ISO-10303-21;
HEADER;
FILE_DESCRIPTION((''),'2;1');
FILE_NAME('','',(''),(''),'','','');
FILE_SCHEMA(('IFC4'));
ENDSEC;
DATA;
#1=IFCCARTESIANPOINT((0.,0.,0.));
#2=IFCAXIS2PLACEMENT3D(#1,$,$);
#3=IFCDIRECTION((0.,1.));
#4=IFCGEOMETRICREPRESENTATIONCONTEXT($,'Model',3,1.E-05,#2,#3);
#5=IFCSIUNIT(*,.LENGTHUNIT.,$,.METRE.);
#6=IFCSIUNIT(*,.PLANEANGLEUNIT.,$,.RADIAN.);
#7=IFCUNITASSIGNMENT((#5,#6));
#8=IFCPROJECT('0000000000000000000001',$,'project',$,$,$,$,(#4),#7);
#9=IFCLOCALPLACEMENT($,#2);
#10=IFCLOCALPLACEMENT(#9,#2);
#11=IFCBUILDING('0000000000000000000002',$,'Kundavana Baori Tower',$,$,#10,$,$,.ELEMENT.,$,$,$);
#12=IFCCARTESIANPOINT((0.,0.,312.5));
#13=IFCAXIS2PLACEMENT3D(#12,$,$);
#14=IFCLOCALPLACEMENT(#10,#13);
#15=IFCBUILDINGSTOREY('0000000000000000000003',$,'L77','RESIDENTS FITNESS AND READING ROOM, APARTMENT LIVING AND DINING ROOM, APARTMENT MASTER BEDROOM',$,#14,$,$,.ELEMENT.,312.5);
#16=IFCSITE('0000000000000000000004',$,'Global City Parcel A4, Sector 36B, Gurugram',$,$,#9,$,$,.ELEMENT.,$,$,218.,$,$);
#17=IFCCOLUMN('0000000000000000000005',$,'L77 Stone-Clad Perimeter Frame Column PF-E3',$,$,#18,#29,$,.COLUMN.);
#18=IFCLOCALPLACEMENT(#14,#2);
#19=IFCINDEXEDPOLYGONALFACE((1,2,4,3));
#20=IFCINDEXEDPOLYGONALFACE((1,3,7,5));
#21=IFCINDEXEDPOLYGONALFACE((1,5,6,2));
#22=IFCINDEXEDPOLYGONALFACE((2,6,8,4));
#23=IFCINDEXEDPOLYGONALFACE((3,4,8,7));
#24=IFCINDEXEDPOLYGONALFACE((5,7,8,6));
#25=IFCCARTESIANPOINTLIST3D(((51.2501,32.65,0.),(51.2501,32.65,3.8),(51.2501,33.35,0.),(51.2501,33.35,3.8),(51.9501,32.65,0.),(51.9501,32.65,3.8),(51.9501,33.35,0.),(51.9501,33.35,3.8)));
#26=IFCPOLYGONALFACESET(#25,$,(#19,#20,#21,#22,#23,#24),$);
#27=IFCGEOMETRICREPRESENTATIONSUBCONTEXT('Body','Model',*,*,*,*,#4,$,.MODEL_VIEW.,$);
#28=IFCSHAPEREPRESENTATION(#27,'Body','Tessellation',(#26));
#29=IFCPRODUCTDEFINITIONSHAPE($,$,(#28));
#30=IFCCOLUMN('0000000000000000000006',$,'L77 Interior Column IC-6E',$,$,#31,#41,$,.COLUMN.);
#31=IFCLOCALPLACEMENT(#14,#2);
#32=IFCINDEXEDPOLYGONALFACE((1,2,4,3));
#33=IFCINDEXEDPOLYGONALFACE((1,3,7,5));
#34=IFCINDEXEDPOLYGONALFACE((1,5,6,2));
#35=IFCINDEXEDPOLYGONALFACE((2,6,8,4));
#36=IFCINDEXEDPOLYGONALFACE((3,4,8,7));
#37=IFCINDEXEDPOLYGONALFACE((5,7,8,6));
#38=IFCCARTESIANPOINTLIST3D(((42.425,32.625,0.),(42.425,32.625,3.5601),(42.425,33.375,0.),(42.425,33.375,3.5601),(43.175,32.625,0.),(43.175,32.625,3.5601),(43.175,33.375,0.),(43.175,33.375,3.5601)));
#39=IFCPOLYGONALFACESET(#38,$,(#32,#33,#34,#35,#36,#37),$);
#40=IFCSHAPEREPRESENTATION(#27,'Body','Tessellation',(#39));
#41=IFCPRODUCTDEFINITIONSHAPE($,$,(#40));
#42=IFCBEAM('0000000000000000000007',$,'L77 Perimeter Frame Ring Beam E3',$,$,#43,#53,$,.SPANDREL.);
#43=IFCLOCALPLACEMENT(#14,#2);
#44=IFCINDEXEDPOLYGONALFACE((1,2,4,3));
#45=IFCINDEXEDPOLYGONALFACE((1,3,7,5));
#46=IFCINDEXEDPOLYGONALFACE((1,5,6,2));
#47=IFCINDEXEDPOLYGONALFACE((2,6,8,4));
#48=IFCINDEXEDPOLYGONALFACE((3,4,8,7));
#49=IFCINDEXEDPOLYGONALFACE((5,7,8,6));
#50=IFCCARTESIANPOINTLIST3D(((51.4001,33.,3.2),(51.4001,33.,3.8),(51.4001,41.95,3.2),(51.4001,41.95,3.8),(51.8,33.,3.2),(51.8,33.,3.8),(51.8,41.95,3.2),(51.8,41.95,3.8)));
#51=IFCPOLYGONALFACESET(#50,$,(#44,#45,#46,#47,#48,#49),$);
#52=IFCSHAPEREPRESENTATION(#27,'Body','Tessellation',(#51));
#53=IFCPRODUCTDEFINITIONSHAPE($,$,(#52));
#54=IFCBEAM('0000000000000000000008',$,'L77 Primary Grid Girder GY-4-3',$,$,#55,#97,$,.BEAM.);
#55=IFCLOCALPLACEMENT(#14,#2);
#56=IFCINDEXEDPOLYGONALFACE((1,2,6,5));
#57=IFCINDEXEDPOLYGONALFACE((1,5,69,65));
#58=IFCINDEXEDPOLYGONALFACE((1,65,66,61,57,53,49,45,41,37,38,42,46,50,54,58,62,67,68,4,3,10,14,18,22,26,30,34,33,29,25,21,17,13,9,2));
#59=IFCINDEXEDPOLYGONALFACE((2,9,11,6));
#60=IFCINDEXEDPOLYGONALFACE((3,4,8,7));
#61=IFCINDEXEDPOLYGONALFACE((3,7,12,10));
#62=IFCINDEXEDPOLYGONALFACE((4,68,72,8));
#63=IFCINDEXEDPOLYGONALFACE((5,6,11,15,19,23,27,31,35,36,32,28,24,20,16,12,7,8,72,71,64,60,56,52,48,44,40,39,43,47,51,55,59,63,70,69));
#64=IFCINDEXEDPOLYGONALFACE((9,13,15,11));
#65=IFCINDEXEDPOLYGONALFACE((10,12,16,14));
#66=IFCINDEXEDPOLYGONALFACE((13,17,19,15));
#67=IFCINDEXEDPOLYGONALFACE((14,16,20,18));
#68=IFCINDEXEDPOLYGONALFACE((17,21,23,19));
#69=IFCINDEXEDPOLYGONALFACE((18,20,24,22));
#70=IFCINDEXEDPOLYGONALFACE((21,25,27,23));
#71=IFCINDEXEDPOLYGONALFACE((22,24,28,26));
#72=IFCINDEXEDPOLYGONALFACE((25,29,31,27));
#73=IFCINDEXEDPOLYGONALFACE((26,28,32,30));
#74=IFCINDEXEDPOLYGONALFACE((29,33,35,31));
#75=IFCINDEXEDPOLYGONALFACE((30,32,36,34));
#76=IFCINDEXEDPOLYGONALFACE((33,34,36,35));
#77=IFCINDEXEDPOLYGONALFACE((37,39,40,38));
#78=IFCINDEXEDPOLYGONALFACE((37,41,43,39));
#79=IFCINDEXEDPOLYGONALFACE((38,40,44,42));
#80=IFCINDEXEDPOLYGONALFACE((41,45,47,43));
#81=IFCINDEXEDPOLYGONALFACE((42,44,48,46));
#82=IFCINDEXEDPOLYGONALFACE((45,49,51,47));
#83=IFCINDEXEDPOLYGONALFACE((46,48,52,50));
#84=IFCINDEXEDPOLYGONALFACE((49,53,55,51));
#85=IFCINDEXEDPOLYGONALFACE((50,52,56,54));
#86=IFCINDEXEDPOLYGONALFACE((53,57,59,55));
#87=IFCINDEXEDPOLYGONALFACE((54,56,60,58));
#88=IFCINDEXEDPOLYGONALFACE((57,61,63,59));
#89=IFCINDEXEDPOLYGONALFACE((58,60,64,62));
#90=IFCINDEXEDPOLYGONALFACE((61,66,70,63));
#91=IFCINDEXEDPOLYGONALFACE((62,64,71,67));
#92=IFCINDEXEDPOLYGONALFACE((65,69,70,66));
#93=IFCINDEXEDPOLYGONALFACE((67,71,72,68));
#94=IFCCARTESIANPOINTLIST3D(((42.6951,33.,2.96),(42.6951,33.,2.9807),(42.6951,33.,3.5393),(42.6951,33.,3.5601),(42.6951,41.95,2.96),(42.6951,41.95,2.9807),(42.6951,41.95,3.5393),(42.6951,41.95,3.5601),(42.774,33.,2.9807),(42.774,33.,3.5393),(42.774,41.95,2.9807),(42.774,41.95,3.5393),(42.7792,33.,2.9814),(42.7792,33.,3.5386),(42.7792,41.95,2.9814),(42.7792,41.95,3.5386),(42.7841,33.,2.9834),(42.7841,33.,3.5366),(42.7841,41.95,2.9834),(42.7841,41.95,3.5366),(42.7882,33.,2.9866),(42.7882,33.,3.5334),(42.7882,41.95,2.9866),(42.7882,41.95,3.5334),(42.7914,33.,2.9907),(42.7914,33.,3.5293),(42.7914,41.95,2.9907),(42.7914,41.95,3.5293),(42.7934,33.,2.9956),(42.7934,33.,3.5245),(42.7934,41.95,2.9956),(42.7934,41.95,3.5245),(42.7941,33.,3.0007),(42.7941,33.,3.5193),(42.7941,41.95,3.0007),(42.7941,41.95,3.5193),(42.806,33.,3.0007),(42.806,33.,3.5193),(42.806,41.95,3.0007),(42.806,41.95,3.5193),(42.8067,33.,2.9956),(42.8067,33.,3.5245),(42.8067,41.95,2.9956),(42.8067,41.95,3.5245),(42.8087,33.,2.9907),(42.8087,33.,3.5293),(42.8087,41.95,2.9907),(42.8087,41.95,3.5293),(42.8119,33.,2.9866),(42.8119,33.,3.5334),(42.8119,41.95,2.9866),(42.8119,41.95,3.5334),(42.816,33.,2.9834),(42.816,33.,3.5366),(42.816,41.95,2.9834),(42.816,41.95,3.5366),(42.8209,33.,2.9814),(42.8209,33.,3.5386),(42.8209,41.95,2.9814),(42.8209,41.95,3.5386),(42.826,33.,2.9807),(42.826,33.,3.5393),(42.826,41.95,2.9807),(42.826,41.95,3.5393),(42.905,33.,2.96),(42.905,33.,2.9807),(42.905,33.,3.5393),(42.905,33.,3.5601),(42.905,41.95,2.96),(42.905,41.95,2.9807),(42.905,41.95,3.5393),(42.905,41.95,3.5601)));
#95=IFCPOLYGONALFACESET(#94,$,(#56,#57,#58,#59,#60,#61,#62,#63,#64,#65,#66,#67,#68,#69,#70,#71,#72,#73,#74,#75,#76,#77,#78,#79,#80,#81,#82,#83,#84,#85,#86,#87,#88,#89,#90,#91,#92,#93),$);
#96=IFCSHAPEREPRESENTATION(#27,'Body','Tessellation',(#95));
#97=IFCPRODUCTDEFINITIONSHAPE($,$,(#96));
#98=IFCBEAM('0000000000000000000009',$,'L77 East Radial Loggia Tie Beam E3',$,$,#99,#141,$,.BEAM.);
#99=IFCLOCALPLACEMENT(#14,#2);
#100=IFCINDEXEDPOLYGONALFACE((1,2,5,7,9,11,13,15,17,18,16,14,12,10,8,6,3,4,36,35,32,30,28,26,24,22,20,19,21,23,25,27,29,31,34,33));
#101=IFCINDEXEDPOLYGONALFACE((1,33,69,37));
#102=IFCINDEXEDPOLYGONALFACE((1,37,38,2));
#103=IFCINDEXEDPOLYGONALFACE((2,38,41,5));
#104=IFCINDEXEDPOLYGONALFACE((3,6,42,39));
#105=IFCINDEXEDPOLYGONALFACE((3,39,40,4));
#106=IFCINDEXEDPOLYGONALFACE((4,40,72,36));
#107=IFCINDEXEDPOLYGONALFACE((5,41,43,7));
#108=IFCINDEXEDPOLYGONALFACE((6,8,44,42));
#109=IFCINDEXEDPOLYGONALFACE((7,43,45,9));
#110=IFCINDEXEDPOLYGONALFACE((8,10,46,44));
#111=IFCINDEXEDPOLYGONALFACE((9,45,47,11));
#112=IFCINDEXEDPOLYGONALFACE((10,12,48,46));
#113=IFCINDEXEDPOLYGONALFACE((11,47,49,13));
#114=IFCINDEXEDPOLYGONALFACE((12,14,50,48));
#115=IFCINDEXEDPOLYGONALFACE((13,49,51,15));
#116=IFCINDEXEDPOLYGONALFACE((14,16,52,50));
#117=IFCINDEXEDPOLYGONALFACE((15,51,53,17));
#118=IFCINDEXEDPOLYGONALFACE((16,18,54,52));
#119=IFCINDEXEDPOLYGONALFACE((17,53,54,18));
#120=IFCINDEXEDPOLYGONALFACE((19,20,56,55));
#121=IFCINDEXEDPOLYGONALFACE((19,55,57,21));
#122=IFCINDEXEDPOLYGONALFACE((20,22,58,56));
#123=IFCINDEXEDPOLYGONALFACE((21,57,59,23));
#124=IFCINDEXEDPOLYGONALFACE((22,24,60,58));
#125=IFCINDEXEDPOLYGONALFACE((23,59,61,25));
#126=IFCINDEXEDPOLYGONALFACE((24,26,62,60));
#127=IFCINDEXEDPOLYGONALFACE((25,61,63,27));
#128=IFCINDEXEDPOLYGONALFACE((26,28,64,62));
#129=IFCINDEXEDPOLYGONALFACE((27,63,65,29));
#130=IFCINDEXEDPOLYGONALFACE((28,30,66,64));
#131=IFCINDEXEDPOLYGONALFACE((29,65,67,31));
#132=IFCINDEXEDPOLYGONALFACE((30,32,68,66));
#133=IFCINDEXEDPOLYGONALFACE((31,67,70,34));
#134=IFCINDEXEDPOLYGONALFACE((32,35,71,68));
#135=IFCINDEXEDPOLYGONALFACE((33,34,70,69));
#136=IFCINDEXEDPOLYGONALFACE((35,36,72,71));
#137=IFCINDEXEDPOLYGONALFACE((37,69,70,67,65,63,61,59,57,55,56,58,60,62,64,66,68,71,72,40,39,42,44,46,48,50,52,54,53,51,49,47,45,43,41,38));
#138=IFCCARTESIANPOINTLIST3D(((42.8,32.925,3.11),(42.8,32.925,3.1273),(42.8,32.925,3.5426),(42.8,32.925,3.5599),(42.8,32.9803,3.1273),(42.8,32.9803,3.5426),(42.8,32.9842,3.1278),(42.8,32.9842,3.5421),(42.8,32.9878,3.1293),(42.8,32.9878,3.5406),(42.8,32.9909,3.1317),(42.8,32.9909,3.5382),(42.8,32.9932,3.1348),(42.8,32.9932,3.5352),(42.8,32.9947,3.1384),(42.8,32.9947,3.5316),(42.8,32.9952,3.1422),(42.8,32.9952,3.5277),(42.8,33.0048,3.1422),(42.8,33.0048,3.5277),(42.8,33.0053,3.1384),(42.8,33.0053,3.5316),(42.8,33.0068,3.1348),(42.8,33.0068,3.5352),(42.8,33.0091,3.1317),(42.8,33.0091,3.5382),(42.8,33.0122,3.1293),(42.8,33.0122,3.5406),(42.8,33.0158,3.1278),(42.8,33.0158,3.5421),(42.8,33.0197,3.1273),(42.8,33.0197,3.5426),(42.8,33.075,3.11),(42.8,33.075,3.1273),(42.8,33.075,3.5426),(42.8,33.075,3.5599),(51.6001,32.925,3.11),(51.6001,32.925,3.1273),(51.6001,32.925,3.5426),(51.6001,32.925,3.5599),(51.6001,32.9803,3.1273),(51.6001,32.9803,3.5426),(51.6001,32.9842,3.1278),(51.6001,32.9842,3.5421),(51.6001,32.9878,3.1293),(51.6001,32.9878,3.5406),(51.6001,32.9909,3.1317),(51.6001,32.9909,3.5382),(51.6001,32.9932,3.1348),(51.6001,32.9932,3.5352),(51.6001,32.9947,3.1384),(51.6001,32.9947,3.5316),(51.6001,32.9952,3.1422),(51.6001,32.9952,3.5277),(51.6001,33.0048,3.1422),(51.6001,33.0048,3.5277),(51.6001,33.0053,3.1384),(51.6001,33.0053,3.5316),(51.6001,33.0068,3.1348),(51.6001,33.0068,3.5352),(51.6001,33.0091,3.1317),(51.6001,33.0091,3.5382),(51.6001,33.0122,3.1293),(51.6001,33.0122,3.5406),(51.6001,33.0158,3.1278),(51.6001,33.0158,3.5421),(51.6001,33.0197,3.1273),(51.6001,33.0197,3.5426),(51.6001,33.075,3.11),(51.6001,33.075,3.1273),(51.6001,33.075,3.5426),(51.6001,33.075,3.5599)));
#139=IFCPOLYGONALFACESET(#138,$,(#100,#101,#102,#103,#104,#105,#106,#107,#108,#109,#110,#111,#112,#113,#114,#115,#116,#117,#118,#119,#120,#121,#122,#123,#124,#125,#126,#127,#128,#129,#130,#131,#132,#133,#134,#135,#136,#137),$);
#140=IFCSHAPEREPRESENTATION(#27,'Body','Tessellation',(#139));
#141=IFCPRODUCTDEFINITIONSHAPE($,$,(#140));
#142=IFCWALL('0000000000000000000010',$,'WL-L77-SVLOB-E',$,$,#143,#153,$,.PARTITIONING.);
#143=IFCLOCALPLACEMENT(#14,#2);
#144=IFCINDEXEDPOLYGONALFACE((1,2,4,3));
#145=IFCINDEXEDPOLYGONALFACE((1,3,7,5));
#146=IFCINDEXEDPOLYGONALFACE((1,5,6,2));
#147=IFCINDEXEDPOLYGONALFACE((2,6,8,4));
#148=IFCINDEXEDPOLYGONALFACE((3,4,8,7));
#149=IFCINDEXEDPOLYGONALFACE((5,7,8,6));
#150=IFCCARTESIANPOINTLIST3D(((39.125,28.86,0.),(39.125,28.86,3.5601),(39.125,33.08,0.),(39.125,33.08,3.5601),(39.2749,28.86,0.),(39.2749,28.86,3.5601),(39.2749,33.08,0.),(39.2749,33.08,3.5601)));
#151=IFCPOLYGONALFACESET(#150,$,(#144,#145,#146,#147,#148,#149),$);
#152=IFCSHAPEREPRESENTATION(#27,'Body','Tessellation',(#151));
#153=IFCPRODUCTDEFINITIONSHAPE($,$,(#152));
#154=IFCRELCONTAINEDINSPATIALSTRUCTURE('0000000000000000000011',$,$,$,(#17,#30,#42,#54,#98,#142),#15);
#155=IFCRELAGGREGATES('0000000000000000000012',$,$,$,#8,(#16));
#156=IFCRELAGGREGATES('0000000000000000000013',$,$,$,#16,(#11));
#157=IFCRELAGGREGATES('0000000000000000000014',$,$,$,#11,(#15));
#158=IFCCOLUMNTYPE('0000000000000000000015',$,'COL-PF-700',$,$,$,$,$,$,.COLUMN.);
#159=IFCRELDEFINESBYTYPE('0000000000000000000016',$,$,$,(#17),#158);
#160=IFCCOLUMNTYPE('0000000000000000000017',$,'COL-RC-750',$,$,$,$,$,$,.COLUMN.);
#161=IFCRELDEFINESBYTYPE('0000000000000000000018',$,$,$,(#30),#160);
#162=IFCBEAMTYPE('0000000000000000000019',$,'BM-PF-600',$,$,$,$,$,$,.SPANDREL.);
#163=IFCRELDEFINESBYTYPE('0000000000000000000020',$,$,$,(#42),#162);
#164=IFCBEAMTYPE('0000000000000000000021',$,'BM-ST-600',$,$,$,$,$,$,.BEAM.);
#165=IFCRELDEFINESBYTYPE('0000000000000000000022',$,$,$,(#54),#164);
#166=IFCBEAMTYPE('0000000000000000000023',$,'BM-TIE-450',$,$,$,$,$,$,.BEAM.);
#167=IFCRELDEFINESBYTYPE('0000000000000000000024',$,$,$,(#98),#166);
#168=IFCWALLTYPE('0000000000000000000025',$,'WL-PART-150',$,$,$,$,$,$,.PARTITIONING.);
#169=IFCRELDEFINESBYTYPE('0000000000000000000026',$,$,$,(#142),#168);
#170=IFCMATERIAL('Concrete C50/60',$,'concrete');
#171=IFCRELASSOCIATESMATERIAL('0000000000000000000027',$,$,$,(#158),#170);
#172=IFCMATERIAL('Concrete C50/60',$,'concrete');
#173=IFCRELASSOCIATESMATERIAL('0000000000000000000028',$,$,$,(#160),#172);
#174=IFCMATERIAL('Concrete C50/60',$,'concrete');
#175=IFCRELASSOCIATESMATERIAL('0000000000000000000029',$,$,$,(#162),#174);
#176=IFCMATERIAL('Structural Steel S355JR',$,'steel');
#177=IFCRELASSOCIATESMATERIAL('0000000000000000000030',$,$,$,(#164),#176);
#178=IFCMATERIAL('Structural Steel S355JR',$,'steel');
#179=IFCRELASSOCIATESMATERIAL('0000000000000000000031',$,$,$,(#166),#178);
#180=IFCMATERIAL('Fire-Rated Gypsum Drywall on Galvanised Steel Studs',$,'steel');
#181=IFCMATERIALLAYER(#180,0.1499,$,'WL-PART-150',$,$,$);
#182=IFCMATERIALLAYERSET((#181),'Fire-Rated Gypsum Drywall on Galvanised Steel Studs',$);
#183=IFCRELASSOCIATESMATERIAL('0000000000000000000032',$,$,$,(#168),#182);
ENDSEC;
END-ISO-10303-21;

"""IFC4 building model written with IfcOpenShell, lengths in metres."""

from ifc_helpers import new_model, si_unit, direction, frame, frame_2d, origin, origin_2d, place, context, subcontext, project, spatial, rectangle, i_section, extrude, material, layer, layer_set, material_profile, profile_set, type_object, element, save


model = new_model("IFC4")

# Units and contexts
model_context = context("Model", 3, precision=1e-05, world=origin(), true_north=direction((0.0, 1.0)))
body_context = subcontext(model_context, "Body", "Model", "MODEL_VIEW")
ifc_project = project(units=[si_unit("LENGTHUNIT", "METRE"), si_unit("PLANEANGLEUNIT", "RADIAN")], contexts=[model_context])

# Site, building, storey
site_placement = place(None, origin())
site = spatial("IfcSite", under=ifc_project, at=site_placement, Name="Global City Parcel A4, Sector 36B, Gurugram", CompositionType="ELEMENT", RefElevation=218.0)
building_placement = place(site_placement, origin())
building = spatial("IfcBuilding", under=site, at=building_placement, Name="Kundavana Baori Tower", CompositionType="ELEMENT")
storey_placement = place(building_placement, frame((0.0, 0.0, 312.5)))
storey = spatial("IfcBuildingStorey", under=building, at=storey_placement, Name="L77", Description="RESIDENTS FITNESS AND READING ROOM, APARTMENT LIVING AND DINING ROOM, APARTMENT MASTER BEDROOM", CompositionType="ELEMENT", Elevation=312.5)

# Columns
ifc_material_1 = material(Name="Concrete C50/60", Category="concrete")
ifc_material_profile_1 = material_profile(ifc_material_1, rectangle(XDim=0.7, YDim=0.7, at=origin_2d()), Name="RC PF 700x700")
ifc_profile_set_1 = profile_set([ifc_material_profile_1], Name="Concrete C50/60")
column_type_1 = type_object("IfcColumnType", Name="COL-PF-700", PredefinedType="COLUMN", material=ifc_profile_set_1)
column_1_placement = place(storey_placement, frame((51.6001, 33.0, 0.0), z_axis=(0.0, 0.0, 1.0), x_axis=(1.0, 0.0, 0.0)))
element("IfcColumn", 1, at=column_1_placement, inside=storey, type_object=column_type_1, Name="L77 Stone-Clad Perimeter Frame Column PF-E3", PredefinedType="COLUMN", context=body_context, shape_type="SweptSolid", body=[
    extrude(rectangle(XDim=0.7, YDim=0.7, at=origin_2d()), origin(), (0.0, 0.0, 1.0), 3.8),
])
ifc_material_2 = material(Name="Concrete C50/60", Category="concrete")
ifc_material_profile_2 = material_profile(ifc_material_2, rectangle(XDim=0.75, YDim=0.75, at=origin_2d()), Name="RC 750x750")
ifc_profile_set_2 = profile_set([ifc_material_profile_2], Name="Concrete C50/60")
column_type_2 = type_object("IfcColumnType", Name="COL-RC-750", PredefinedType="COLUMN", material=ifc_profile_set_2)
column_2_placement = place(storey_placement, frame((42.8, 33.0, 0.0), z_axis=(0.0, 0.0, 1.0), x_axis=(1.0, 0.0, 0.0)))
element("IfcColumn", 2, at=column_2_placement, inside=storey, type_object=column_type_2, Name="L77 Interior Column IC-6E", PredefinedType="COLUMN", context=body_context, shape_type="SweptSolid", body=[
    extrude(rectangle(XDim=0.75, YDim=0.75, at=origin_2d()), origin(), (0.0, 0.0, 1.0), 3.5601),
])

# Beams
ifc_material_3 = material(Name="Concrete C50/60", Category="concrete")
ifc_material_profile_3 = material_profile(ifc_material_3, rectangle(XDim=0.3999, YDim=0.6001, at=origin_2d()), Name="RC BM 400x600")
ifc_profile_set_3 = profile_set([ifc_material_profile_3], Name="Concrete C50/60")
beam_type_1 = type_object("IfcBeamType", Name="BM-PF-600", PredefinedType="SPANDREL", material=ifc_profile_set_3)
beam_1_placement = place(storey_placement, frame((51.6001, 33.0, 3.5), z_axis=(0.0, 1.0, 0.0), x_axis=(-1.0, 0.0, 0.0)))
element("IfcBeam", 3, at=beam_1_placement, inside=storey, type_object=beam_type_1, Name="L77 Perimeter Frame Ring Beam E3", PredefinedType="SPANDREL", context=body_context, shape_type="SweptSolid", body=[
    extrude(rectangle(XDim=0.3999, YDim=0.6001, at=origin_2d()), origin(), (0.0, 0.0, 1.0), 8.95),
])
ifc_material_4 = material(Name="Structural Steel S355JR", Category="steel")
ifc_material_profile_4 = material_profile(ifc_material_4, i_section(OverallWidth=0.21, OverallDepth=0.6001, WebThickness=0.012, FlangeThickness=0.0208, FilletRadius=0.02, at=origin_2d()), Name="ISMB 600")
ifc_profile_set_4 = profile_set([ifc_material_profile_4], Name="Structural Steel S355JR")
beam_type_2 = type_object("IfcBeamType", Name="BM-ST-600", PredefinedType="BEAM", material=ifc_profile_set_4)
beam_2_placement = place(storey_placement, frame((42.8, 33.0, 3.26), z_axis=(0.0, 1.0, 0.0), x_axis=(-1.0, 0.0, 0.0)))
element("IfcBeam", 4, at=beam_2_placement, inside=storey, type_object=beam_type_2, Name="L77 Primary Grid Girder GY-4-3", PredefinedType="BEAM", context=body_context, shape_type="SweptSolid", body=[
    extrude(i_section(OverallWidth=0.21, OverallDepth=0.6001, WebThickness=0.012, FlangeThickness=0.0208, FilletRadius=0.02, at=origin_2d()), origin(), (0.0, 0.0, 1.0), 8.95),
])
ifc_material_5 = material(Name="Structural Steel S355JR", Category="steel")
ifc_material_profile_5 = material_profile(ifc_material_5, i_section(OverallWidth=0.1499, OverallDepth=0.45, WebThickness=0.0095, FlangeThickness=0.0173, FilletRadius=0.0149, at=origin_2d()), Name="ISMB 450")
ifc_profile_set_5 = profile_set([ifc_material_profile_5], Name="Structural Steel S355JR")
beam_type_3 = type_object("IfcBeamType", Name="BM-TIE-450", PredefinedType="BEAM", material=ifc_profile_set_5)
beam_3_placement = place(storey_placement, frame((42.8, 33.0, 3.335), z_axis=(1.0, 0.0, 0.0), x_axis=(0.0, 1.0, 0.0)))
element("IfcBeam", 5, at=beam_3_placement, inside=storey, type_object=beam_type_3, Name="L77 East Radial Loggia Tie Beam E3", PredefinedType="BEAM", context=body_context, shape_type="SweptSolid", body=[
    extrude(i_section(OverallWidth=0.1499, OverallDepth=0.45, WebThickness=0.0095, FlangeThickness=0.0173, FilletRadius=0.0149, at=origin_2d()), origin(), (0.0, 0.0, 1.0), 8.8),
])

# Wall
ifc_material_6 = material(Name="Fire-Rated Gypsum Drywall on Galvanised Steel Studs", Category="steel")
ifc_layer_1 = layer(ifc_material_6, 0.1499, Name="WL-PART-150")
ifc_layer_set_1 = layer_set([ifc_layer_1], Name="Fire-Rated Gypsum Drywall on Galvanised Steel Studs")
wall_type_1 = type_object("IfcWallType", Name="WL-PART-150", PredefinedType="PARTITIONING", material=ifc_layer_set_1)
wall_1_placement = place(storey_placement, frame((39.2, 28.8601, 0.0), z_axis=(0.0, 0.0, 1.0), x_axis=(0.0, 1.0, 0.0)))
element("IfcWall", 6, at=wall_1_placement, inside=storey, type_object=wall_type_1, Name="WL-L77-SVLOB-E", PredefinedType="PARTITIONING", context=body_context, shape_type="SweptSolid", body=[
    extrude(rectangle(XDim=4.22, YDim=0.1499, at=frame_2d((2.1099, 0.0))), origin(), (0.0, 0.0, 1.0), 3.5601),
])

save(model, "model.ifc")
